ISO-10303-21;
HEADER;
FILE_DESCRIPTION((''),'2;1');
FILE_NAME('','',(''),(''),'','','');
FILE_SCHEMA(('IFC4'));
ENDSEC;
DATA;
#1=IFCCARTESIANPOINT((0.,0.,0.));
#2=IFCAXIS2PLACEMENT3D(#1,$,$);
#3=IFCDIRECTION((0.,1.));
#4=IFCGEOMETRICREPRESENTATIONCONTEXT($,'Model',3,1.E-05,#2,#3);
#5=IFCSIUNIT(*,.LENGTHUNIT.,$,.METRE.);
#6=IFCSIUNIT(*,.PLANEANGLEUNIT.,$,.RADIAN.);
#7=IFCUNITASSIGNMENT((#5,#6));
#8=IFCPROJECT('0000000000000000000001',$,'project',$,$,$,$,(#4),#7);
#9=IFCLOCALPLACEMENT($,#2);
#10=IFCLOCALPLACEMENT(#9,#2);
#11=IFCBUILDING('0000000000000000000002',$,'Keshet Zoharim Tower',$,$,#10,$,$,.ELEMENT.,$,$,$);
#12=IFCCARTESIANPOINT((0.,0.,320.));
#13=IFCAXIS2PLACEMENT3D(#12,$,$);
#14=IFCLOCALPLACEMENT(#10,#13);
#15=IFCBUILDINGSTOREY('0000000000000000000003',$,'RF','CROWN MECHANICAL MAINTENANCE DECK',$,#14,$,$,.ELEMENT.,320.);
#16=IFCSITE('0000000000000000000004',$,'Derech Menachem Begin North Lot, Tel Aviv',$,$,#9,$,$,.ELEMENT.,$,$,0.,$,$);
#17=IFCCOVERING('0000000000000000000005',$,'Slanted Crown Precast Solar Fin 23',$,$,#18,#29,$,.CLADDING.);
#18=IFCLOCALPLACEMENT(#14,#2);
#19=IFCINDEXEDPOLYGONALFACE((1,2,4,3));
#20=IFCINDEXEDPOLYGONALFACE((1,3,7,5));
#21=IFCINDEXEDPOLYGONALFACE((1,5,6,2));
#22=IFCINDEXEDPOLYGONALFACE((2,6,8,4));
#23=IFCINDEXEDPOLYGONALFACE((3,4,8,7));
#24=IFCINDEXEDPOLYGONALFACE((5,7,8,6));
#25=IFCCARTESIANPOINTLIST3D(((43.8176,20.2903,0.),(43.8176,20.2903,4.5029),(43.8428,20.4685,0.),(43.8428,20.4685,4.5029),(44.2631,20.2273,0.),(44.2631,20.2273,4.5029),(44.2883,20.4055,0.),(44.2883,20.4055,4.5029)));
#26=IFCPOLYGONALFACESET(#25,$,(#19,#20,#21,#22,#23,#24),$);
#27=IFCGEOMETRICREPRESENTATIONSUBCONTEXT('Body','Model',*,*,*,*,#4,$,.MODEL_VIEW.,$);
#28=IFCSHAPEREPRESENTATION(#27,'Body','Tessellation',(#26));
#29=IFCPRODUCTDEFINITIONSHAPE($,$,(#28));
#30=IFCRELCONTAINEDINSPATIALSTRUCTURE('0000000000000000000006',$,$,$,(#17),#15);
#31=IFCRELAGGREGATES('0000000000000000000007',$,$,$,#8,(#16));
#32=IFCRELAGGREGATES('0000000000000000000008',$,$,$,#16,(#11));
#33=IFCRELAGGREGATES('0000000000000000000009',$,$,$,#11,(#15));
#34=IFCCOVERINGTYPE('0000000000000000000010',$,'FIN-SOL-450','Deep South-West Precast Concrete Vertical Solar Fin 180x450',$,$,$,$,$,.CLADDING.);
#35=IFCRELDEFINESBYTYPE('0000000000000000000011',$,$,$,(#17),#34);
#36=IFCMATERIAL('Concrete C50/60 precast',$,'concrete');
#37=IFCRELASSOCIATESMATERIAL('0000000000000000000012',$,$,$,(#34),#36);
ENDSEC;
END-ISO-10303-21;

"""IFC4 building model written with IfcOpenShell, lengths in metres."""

from ifc_helpers import new_model, si_unit, direction, frame, origin, origin_2d, place, context, subcontext, project, spatial, rectangle, extrude, material, type_object, element, save


model = new_model("IFC4")

# Units and contexts
model_context = context("Model", 3, precision=1e-05, world=origin(), true_north=direction((0.0, 1.0)))
body_context = subcontext(model_context, "Body", "Model", "MODEL_VIEW")
ifc_project = project(units=[si_unit("LENGTHUNIT", "METRE"), si_unit("PLANEANGLEUNIT", "RADIAN")], contexts=[model_context])

# Site, building, storey
site_placement = place(None, origin())
site = spatial("IfcSite", under=ifc_project, at=site_placement, Name="Derech Menachem Begin North Lot, Tel Aviv", CompositionType="ELEMENT", RefElevation=0.0)
building_placement = place(site_placement, origin())
building = spatial("IfcBuilding", under=site, at=building_placement, Name="Keshet Zoharim Tower", CompositionType="ELEMENT")
storey_placement = place(building_placement, frame((0.0, 0.0, 320.0)))
storey = spatial("IfcBuildingStorey", under=building, at=storey_placement, Name="RF", Description="CROWN MECHANICAL MAINTENANCE DECK", CompositionType="ELEMENT", Elevation=320.0)

# Covering
ifc_material_1 = material(Name="Concrete C50/60 precast", Category="concrete")
covering_type = type_object("IfcCoveringType", Name="FIN-SOL-450", Description="Deep South-West Precast Concrete Vertical Solar Fin 180x450", PredefinedType="CLADDING", material=ifc_material_1)
covering_1_placement = place(storey_placement, frame((44.053, 20.3479, 0.0), z_axis=(0.0, 0.0, 1.0), x_axis=(-0.140087, -0.990139, 0.0)))
element("IfcCovering", 1, at=covering_1_placement, inside=storey, type_object=covering_type, Name="Slanted Crown Precast Solar Fin 23", PredefinedType="CLADDING", context=body_context, shape_type="SweptSolid", body=[
    extrude(rectangle(XDim=0.1799, YDim=0.45, at=origin_2d()), origin(), (0.0, 0.0, 1.0), 4.5029),
])

save(model, "model.ifc")
